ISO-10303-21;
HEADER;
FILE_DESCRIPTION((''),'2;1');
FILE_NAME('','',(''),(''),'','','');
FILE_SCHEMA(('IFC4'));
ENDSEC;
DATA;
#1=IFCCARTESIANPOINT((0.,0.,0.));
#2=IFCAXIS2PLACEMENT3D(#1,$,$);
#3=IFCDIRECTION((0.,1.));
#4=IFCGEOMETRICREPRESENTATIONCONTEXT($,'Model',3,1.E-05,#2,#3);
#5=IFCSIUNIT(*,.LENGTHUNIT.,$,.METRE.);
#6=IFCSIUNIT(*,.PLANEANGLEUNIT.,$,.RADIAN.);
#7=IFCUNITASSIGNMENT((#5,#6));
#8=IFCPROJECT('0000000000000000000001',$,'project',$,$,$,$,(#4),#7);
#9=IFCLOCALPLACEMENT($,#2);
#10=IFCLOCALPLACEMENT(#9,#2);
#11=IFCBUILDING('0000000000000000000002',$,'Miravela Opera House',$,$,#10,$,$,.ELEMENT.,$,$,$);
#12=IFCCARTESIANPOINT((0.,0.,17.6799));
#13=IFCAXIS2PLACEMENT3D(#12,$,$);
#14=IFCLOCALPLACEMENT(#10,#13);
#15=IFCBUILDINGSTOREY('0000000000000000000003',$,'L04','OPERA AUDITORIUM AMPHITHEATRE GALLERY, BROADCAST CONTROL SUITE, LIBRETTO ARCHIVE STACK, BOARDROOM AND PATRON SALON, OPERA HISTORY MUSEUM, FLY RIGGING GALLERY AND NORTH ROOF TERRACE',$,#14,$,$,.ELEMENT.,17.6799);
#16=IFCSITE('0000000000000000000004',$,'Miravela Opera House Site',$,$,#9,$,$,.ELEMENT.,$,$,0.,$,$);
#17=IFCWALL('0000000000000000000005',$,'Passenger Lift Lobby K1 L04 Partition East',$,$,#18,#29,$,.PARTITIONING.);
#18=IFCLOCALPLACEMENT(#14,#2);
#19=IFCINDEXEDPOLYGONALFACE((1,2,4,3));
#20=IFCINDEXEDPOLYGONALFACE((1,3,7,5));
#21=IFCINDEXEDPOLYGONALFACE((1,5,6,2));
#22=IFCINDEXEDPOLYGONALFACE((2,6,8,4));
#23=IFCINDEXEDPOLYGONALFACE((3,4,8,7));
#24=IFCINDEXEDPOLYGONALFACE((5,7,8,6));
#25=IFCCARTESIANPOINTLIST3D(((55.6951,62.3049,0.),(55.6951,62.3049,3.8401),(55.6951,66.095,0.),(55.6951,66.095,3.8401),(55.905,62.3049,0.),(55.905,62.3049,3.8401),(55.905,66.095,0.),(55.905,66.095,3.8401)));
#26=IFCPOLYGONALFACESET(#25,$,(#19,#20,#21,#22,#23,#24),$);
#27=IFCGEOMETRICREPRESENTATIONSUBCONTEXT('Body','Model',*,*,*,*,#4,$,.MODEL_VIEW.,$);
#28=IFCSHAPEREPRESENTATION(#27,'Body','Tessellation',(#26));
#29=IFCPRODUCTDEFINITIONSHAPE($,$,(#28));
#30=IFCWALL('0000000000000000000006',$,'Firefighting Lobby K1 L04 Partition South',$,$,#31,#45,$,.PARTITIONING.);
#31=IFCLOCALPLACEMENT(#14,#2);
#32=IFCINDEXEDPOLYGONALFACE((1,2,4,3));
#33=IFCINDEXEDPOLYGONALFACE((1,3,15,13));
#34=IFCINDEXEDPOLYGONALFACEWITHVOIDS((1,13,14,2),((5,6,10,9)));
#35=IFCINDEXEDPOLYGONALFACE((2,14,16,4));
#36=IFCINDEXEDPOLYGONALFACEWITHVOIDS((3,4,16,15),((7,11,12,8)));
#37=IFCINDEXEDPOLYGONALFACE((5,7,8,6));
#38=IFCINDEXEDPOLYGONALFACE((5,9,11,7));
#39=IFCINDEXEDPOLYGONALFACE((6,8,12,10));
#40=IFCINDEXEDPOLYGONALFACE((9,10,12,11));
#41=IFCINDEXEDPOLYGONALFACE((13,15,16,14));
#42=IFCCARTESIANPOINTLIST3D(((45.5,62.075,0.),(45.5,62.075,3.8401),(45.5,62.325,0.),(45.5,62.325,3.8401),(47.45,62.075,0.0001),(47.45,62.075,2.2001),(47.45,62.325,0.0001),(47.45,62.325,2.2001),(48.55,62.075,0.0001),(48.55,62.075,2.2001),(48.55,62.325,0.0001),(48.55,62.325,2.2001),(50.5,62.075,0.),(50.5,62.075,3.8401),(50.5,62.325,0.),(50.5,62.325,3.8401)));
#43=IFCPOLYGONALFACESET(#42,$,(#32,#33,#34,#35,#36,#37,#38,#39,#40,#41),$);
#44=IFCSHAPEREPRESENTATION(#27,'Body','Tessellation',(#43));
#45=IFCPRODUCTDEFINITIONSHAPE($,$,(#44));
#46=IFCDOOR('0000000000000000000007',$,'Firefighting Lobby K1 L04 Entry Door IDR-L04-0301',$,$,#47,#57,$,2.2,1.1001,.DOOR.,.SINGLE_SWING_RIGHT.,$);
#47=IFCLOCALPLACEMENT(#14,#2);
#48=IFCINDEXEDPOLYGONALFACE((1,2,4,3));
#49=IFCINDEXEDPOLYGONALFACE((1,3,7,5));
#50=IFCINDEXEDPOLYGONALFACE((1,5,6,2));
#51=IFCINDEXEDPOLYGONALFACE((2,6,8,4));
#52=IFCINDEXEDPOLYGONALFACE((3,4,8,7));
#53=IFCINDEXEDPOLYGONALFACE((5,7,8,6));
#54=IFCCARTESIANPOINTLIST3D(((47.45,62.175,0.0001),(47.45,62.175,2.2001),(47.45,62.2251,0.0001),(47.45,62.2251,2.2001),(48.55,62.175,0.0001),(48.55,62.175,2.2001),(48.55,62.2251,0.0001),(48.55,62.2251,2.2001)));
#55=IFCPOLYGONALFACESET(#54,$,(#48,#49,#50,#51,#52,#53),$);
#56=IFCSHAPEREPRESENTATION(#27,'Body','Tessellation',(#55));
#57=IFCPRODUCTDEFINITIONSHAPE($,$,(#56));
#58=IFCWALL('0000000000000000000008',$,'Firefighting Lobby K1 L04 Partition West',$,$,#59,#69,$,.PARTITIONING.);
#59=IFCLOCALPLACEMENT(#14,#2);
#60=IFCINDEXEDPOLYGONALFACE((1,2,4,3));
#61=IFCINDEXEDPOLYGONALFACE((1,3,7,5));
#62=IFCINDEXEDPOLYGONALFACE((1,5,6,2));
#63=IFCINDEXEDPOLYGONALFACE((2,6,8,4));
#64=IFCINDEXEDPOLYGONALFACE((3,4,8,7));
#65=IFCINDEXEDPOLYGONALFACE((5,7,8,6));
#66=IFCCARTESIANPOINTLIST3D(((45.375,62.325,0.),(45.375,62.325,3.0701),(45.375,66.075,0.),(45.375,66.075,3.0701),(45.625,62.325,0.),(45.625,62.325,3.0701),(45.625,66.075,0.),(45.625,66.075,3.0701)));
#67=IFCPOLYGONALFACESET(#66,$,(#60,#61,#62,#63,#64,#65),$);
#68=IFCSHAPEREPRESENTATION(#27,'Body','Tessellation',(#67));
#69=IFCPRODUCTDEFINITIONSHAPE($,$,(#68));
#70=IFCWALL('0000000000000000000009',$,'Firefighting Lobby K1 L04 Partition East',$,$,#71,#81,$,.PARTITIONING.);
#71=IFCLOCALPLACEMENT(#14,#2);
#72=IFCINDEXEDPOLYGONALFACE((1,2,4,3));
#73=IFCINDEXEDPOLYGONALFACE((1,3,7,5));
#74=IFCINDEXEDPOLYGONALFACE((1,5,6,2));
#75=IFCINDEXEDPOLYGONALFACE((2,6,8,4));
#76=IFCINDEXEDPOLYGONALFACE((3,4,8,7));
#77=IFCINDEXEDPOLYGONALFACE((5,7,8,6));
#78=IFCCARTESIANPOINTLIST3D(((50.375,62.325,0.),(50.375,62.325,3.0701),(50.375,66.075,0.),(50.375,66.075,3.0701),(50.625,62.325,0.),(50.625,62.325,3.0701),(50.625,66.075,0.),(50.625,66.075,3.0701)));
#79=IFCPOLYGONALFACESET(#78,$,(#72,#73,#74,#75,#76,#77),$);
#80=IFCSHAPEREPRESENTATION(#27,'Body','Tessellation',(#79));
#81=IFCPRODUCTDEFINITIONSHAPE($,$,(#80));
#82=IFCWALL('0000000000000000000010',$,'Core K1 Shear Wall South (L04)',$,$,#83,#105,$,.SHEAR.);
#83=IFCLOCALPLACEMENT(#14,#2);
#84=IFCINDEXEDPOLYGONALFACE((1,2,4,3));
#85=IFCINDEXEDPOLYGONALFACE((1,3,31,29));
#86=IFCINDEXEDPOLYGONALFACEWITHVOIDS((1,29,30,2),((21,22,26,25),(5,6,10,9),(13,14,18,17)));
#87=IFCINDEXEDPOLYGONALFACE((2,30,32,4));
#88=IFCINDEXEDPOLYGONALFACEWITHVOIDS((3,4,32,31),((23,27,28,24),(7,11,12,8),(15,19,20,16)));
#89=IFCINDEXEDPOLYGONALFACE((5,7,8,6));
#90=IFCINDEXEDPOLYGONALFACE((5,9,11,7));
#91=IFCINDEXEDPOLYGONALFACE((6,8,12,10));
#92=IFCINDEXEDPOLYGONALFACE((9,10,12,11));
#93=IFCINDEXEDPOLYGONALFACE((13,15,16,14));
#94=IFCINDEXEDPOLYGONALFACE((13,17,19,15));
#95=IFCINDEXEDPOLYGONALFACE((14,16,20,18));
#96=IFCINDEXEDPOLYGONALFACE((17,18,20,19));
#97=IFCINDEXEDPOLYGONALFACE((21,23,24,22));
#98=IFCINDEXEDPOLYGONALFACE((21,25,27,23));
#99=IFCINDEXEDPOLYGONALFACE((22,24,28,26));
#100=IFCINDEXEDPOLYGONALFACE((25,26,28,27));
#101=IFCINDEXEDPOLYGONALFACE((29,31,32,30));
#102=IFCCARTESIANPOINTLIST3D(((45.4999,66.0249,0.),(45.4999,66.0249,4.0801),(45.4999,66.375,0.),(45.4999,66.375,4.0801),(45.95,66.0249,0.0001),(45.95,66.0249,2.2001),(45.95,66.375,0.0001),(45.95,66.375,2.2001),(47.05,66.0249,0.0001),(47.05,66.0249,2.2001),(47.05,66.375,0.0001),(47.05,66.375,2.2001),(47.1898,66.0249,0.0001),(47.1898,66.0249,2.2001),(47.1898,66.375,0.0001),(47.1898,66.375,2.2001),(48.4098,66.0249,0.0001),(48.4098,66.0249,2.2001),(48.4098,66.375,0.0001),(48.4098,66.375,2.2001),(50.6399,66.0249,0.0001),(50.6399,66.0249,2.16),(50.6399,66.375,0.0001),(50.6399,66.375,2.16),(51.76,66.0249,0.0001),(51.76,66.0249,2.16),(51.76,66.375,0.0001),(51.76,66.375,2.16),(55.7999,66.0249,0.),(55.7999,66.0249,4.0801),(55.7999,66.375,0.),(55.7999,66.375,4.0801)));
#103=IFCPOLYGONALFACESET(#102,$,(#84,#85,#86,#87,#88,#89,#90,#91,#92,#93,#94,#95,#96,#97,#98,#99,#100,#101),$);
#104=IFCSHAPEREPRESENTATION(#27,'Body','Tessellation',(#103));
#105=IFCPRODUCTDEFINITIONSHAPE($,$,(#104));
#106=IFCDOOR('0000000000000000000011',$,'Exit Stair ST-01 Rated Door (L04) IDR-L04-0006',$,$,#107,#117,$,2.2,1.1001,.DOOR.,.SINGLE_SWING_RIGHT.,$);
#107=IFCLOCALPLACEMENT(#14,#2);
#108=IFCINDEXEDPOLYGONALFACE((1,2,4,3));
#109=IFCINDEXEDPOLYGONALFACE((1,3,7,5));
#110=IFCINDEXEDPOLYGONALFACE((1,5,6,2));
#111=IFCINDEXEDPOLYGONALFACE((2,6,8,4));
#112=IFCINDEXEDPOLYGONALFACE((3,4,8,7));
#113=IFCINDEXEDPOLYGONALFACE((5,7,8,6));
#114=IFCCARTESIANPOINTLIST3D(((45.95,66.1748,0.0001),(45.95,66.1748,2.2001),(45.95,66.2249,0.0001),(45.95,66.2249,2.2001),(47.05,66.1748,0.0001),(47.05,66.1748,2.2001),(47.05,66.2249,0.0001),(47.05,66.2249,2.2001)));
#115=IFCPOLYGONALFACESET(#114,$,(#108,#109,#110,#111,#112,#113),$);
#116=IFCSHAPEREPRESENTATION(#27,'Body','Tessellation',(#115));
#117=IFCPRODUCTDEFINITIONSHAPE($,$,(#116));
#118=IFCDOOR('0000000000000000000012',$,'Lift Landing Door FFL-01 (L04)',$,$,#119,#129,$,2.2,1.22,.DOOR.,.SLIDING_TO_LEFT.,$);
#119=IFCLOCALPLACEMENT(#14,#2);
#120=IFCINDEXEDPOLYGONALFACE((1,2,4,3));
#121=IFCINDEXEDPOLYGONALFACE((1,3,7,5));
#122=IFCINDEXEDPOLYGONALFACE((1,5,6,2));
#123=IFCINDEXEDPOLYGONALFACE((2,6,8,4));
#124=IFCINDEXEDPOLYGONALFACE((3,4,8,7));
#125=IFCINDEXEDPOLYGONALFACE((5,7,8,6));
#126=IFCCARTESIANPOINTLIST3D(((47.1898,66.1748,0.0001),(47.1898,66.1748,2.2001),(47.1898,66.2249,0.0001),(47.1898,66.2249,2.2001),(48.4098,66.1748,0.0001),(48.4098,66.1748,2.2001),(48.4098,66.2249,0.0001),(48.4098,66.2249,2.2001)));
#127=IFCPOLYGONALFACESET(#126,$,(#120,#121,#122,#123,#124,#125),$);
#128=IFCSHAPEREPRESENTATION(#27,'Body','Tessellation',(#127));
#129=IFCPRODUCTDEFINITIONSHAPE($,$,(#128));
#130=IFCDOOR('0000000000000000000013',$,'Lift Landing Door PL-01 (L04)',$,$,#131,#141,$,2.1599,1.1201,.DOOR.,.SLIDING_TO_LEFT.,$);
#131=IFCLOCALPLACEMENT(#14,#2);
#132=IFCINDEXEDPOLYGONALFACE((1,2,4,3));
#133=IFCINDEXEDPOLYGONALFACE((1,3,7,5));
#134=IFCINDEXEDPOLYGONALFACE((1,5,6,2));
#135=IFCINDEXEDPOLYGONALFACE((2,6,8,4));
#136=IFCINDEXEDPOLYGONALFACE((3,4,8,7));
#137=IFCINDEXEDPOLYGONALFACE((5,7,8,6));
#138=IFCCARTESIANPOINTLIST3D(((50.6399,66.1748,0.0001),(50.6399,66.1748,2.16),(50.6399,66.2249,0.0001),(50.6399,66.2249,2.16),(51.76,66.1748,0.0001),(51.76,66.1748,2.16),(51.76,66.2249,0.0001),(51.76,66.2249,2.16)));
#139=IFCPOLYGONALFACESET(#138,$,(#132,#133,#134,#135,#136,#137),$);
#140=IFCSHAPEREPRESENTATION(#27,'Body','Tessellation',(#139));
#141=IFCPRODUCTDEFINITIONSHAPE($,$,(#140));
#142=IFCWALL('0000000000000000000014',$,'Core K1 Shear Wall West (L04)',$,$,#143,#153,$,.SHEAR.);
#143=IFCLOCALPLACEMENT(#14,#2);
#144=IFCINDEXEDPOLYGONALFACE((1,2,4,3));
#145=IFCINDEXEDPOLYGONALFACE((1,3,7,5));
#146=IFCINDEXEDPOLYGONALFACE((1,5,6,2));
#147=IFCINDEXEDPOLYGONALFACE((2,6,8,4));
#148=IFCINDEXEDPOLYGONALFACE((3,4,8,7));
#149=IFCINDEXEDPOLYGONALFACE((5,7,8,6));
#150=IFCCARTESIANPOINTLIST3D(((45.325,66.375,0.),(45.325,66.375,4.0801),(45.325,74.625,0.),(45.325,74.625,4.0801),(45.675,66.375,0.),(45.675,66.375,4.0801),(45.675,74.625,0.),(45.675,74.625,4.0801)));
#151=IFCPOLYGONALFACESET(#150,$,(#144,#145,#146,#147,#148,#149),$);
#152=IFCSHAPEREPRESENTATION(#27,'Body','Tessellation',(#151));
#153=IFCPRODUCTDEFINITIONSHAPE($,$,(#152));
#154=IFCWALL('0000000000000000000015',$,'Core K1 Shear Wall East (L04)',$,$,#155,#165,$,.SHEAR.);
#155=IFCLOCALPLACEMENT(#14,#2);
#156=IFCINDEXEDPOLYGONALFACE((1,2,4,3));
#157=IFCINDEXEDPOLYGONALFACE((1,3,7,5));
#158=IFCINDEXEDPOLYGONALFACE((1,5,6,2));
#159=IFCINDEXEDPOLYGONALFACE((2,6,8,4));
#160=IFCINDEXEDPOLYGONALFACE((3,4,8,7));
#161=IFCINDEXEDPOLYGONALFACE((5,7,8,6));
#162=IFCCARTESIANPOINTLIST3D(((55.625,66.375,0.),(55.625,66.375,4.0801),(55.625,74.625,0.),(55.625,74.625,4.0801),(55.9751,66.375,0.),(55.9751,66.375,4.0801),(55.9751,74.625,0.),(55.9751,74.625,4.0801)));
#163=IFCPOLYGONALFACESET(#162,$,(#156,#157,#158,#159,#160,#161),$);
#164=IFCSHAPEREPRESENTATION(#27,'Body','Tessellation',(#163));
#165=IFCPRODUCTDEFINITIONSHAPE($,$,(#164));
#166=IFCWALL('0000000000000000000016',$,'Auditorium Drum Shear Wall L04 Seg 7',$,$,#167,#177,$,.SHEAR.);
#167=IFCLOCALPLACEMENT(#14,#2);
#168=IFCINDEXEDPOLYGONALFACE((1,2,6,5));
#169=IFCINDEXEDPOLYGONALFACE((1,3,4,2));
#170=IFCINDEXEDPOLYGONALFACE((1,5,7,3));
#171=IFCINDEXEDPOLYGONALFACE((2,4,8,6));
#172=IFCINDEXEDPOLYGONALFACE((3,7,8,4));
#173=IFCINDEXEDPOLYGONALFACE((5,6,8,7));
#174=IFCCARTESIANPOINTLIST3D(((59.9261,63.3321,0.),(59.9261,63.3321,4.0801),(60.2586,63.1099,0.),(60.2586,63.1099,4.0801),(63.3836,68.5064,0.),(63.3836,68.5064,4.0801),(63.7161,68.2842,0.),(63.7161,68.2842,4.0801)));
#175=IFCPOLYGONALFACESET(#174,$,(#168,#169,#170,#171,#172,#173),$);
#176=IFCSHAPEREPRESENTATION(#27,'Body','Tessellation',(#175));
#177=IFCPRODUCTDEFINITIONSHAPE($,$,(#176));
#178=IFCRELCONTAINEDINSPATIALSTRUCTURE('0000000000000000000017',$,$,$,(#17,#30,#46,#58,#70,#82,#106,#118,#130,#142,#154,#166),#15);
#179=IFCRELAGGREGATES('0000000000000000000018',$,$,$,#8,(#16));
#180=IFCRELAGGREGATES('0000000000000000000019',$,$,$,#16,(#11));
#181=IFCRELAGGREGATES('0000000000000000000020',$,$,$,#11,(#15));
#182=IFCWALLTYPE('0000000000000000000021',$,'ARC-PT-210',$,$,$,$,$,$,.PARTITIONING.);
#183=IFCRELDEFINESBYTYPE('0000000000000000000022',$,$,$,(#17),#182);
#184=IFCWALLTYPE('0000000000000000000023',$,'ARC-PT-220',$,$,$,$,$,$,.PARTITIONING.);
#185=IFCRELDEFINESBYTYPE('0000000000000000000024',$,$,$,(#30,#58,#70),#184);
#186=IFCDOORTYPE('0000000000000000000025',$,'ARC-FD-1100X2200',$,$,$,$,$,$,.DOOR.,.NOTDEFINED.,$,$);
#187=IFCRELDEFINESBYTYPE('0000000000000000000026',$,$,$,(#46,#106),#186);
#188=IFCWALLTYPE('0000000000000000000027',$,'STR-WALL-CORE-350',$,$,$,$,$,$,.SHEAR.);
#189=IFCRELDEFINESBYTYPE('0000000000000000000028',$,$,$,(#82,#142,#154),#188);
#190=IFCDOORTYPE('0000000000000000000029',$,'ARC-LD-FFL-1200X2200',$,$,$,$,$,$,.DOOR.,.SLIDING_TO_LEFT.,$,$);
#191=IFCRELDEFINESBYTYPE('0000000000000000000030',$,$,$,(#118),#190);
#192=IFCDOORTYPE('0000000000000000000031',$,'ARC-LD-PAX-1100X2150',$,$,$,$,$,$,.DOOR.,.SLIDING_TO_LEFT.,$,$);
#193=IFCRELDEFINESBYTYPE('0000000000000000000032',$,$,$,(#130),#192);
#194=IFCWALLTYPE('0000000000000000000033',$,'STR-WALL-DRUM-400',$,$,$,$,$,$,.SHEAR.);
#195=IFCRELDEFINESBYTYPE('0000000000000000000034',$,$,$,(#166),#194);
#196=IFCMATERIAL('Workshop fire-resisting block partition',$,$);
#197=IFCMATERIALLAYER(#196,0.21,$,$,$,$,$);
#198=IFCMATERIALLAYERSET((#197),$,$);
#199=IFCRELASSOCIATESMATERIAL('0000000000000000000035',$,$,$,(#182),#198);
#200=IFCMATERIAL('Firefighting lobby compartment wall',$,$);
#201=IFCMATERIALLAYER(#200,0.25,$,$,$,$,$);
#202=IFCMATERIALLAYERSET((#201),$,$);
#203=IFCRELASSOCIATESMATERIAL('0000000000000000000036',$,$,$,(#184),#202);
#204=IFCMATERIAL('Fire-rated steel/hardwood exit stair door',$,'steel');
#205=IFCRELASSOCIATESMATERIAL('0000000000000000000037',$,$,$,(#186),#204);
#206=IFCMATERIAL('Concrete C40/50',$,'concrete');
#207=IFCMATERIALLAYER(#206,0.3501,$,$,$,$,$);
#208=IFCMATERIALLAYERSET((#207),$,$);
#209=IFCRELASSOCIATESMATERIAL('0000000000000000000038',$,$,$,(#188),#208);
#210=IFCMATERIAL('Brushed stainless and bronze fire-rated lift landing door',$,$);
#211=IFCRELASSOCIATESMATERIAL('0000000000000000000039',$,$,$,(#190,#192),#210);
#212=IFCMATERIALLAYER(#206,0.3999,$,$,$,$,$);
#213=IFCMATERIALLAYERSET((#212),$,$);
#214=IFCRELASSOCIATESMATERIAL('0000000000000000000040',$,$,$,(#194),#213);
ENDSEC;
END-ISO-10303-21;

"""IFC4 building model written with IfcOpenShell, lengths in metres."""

from ifc_helpers import new_model, si_unit, direction, frame, frame_2d, origin, place, context, subcontext, project, spatial, rectangle, extrude, material, layer, layer_set, type_object, element, fill, save


model = new_model("IFC4")

# Units and contexts
model_context = context("Model", 3, precision=1e-05, world=origin(), true_north=direction((0.0, 1.0)))
body_context = subcontext(model_context, "Body", "Model", "MODEL_VIEW")
ifc_project = project(units=[si_unit("LENGTHUNIT", "METRE"), si_unit("PLANEANGLEUNIT", "RADIAN")], contexts=[model_context])

# Site, building, storey
site_placement = place(None, origin())
site = spatial("IfcSite", under=ifc_project, at=site_placement, Name="Miravela Opera House Site", CompositionType="ELEMENT", RefElevation=0.0)
building_placement = place(site_placement, origin())
building = spatial("IfcBuilding", under=site, at=building_placement, Name="Miravela Opera House", CompositionType="ELEMENT")
storey_placement = place(building_placement, frame((0.0, 0.0, 17.6799)))
storey = spatial("IfcBuildingStorey", under=building, at=storey_placement, Name="L04", Description="OPERA AUDITORIUM AMPHITHEATRE GALLERY, BROADCAST CONTROL SUITE, LIBRETTO ARCHIVE STACK, BOARDROOM AND PATRON SALON, OPERA HISTORY MUSEUM, FLY RIGGING GALLERY AND NORTH ROOF TERRACE", CompositionType="ELEMENT", Elevation=17.6799)

# Shared definitions
ifc_material_1 = material(Name="Workshop fire-resisting block partition")
ifc_layer_1 = layer(ifc_material_1, 0.21)
ifc_layer_set_1 = layer_set([ifc_layer_1])
wall_type_1 = type_object("IfcWallType", Name="ARC-PT-210", PredefinedType="PARTITIONING", material=ifc_layer_set_1)

# Wall
wall_1_placement = place(storey_placement, frame((55.8, 62.3049, 0.0), z_axis=(0.0, 0.0, 1.0), x_axis=(0.0, 1.0, 0.0)))
element("IfcWall", 1, at=wall_1_placement, inside=storey, type_object=wall_type_1, Name="Passenger Lift Lobby K1 L04 Partition East", PredefinedType="PARTITIONING", context=body_context, shape_type="SweptSolid", body=[
    extrude(rectangle(XDim=3.79, YDim=0.21, at=frame_2d((1.895, 0.0))), origin(), (0.0, 0.0, 1.0), 3.8401),
])

# Wall, opening, door
ifc_material_2 = material(Name="Firefighting lobby compartment wall")
ifc_layer_2 = layer(ifc_material_2, 0.25)
ifc_layer_set_2 = layer_set([ifc_layer_2])
wall_type_2 = type_object("IfcWallType", Name="ARC-PT-220", PredefinedType="PARTITIONING", material=ifc_layer_set_2)
wall_2_placement = place(storey_placement, frame((45.5, 62.2, 0.0), z_axis=(0.0, 0.0, 1.0), x_axis=(1.0, 0.0, 0.0)))
wall_2 = element("IfcWall", 2, at=wall_2_placement, inside=storey, type_object=wall_type_2, Name="Firefighting Lobby K1 L04 Partition South", PredefinedType="PARTITIONING", context=body_context, shape_type="SweptSolid", body=[
    extrude(rectangle(XDim=5.0, YDim=0.25, at=frame_2d((2.5, 0.0))), origin(), (0.0, 0.0, 1.0), 3.8401),
])
opening_1_placement = place(wall_2_placement, frame((1.95, 0.0, 0.0)))
opening_1 = element("IfcOpeningElement", 3, at=opening_1_placement, cuts=wall_2, PredefinedType="OPENING", context=body_context, shape_type="SweptSolid", body=[
    extrude(rectangle(XDim=1.1001, YDim=2.2, at=frame_2d((0.55, 1.1001))), frame((0.0, 0.135, 0.0), z_axis=(0.0, -1.0, 0.0), x_axis=(1.0, 0.0, 0.0)), (0.0, 0.0, 1.0), 0.27),
])
ifc_material_3 = material(Name="Fire-rated steel/hardwood exit stair door", Category="steel")
door_type_1 = type_object("IfcDoorType", Name="ARC-FD-1100X2200", OperationType="NOTDEFINED", PredefinedType="DOOR", material=ifc_material_3)
door_1_placement = place(opening_1_placement, frame((1.1001, 0.0, 0.0), z_axis=(0.0, 0.0, 1.0), x_axis=(-1.0, 0.0, 0.0)))
door_1 = element("IfcDoor", 4, at=door_1_placement, inside=storey, type_object=door_type_1, Name="Firefighting Lobby K1 L04 Entry Door IDR-L04-0301", OperationType="SINGLE_SWING_RIGHT", OverallHeight=2.2, OverallWidth=1.1001, PredefinedType="DOOR", context=body_context, shape_type="SweptSolid", body=[
    extrude(rectangle(XDim=1.1001, YDim=2.2, at=frame_2d((0.55, 1.1001))), frame((0.0, 0.0249, 0.0), z_axis=(0.0, -1.0, 0.0), x_axis=(1.0, 0.0, 0.0)), (0.0, 0.0, 1.0), 0.05),
])
fill(opening_1, door_1)

# Walls
for number, where, z_axis, x_axis, name in (
    (5, (45.5, 62.325, 0.0), (0.0, 0.0, 1.0), (0.0, 1.0, 0.0), "Firefighting Lobby K1 L04 Partition West"),
    (6, (50.5, 62.325, 0.0), (0.0, 0.0, 1.0), (0.0, 1.0, 0.0), "Firefighting Lobby K1 L04 Partition East"),
):
    element("IfcWall", number, at=place(storey_placement, frame(where, z_axis=z_axis, x_axis=x_axis)), inside=storey, type_object=wall_type_2, Name=name, PredefinedType="PARTITIONING", context=body_context, shape_type="SweptSolid", body=[
        extrude(rectangle(XDim=3.75, YDim=0.25, at=frame_2d((1.875, 0.0))), origin(), (0.0, 0.0, 1.0), 3.0701),
    ])

# Wall, openings, doors
ifc_material_4 = material(Name="Concrete C40/50", Category="concrete")
ifc_layer_3 = layer(ifc_material_4, 0.3501)
ifc_layer_set_3 = layer_set([ifc_layer_3])
wall_type_3 = type_object("IfcWallType", Name="STR-WALL-CORE-350", PredefinedType="SHEAR", material=ifc_layer_set_3)
wall_3_placement = place(storey_placement, frame((45.5, 66.2, 0.0), z_axis=(0.0, 0.0, 1.0), x_axis=(1.0, 0.0, 0.0)))
wall_3 = element("IfcWall", 7, at=wall_3_placement, inside=storey, type_object=wall_type_3, Name="Core K1 Shear Wall South (L04)", PredefinedType="SHEAR", context=body_context, shape_type="SweptSolid", body=[
    extrude(rectangle(XDim=10.3, YDim=0.3501, at=frame_2d((5.1499, 0.0))), origin(), (0.0, 0.0, 1.0), 4.0801),
])
opening_2_placement = place(wall_3_placement, frame((0.45, 0.0, 0.0)))
opening_2 = element("IfcOpeningElement", 8, at=opening_2_placement, cuts=wall_3, PredefinedType="OPENING", context=body_context, shape_type="SweptSolid", body=[
    extrude(rectangle(XDim=1.1001, YDim=2.2, at=frame_2d((0.55, 1.1001))), frame((0.0, 0.1851, 0.0), z_axis=(0.0, -1.0, 0.0), x_axis=(1.0, 0.0, 0.0)), (0.0, 0.0, 1.0), 0.3701),
])
opening_3_placement = place(wall_3_placement, frame((1.6899, 0.0, 0.0)))
opening_3 = element("IfcOpeningElement", 9, at=opening_3_placement, cuts=wall_3, PredefinedType="OPENING", context=body_context, shape_type="SweptSolid", body=[
    extrude(rectangle(XDim=1.22, YDim=2.2, at=frame_2d((0.6099, 1.1001))), frame((0.0, 0.1851, 0.0), z_axis=(0.0, -1.0, 0.0), x_axis=(1.0, 0.0, 0.0)), (0.0, 0.0, 1.0), 0.3701),
])
opening_4_placement = place(wall_3_placement, frame((5.1399, 0.0, 0.0)))
opening_4 = element("IfcOpeningElement", 10, at=opening_4_placement, cuts=wall_3, PredefinedType="OPENING", context=body_context, shape_type="SweptSolid", body=[
    extrude(rectangle(XDim=1.1201, YDim=2.1599, at=frame_2d((0.5601, 1.0801))), frame((0.0, 0.1851, 0.0), z_axis=(0.0, -1.0, 0.0), x_axis=(1.0, 0.0, 0.0)), (0.0, 0.0, 1.0), 0.3701),
])
door_2_placement = place(opening_2_placement, origin())
door_2 = element("IfcDoor", 11, at=door_2_placement, inside=storey, type_object=door_type_1, Name="Exit Stair ST-01 Rated Door (L04) IDR-L04-0006", OperationType="SINGLE_SWING_RIGHT", OverallHeight=2.2, OverallWidth=1.1001, PredefinedType="DOOR", context=body_context, shape_type="SweptSolid", body=[
    extrude(rectangle(XDim=1.1001, YDim=2.2, at=frame_2d((0.55, 1.1001))), frame((0.0, 0.0249, 0.0), z_axis=(0.0, -1.0, 0.0), x_axis=(1.0, 0.0, 0.0)), (0.0, 0.0, 1.0), 0.05),
])
fill(opening_2, door_2)
ifc_material_5 = material(Name="Brushed stainless and bronze fire-rated lift landing door")
door_type_2 = type_object("IfcDoorType", Name="ARC-LD-FFL-1200X2200", OperationType="SLIDING_TO_LEFT", PredefinedType="DOOR", material=ifc_material_5)
door_3_placement = place(opening_3_placement, origin())
door_3 = element("IfcDoor", 12, at=door_3_placement, inside=storey, type_object=door_type_2, Name="Lift Landing Door FFL-01 (L04)", OperationType="SLIDING_TO_LEFT", OverallHeight=2.2, OverallWidth=1.22, PredefinedType="DOOR", context=body_context, shape_type="SweptSolid", body=[
    extrude(rectangle(XDim=1.22, YDim=2.2, at=frame_2d((0.6099, 1.1001))), frame((0.0, 0.0249, 0.0), z_axis=(0.0, -1.0, 0.0), x_axis=(1.0, 0.0, 0.0)), (0.0, 0.0, 1.0), 0.05),
])
fill(opening_3, door_3)
door_type_3 = type_object("IfcDoorType", Name="ARC-LD-PAX-1100X2150", OperationType="SLIDING_TO_LEFT", PredefinedType="DOOR", material=ifc_material_5)
door_4_placement = place(opening_4_placement, origin())
door_4 = element("IfcDoor", 13, at=door_4_placement, inside=storey, type_object=door_type_3, Name="Lift Landing Door PL-01 (L04)", OperationType="SLIDING_TO_LEFT", OverallHeight=2.1599, OverallWidth=1.1201, PredefinedType="DOOR", context=body_context, shape_type="SweptSolid", body=[
    extrude(rectangle(XDim=1.1201, YDim=2.1599, at=frame_2d((0.5601, 1.0801))), frame((0.0, 0.0249, 0.0), z_axis=(0.0, -1.0, 0.0), x_axis=(1.0, 0.0, 0.0)), (0.0, 0.0, 1.0), 0.05),
])
fill(opening_4, door_4)

# Walls
for number, where, z_axis, x_axis, name in (
    (14, (45.5, 66.375, 0.0), (0.0, 0.0, 1.0), (0.0, 1.0, 0.0), "Core K1 Shear Wall West (L04)"),
    (15, (55.8, 66.375, 0.0), (0.0, 0.0, 1.0), (0.0, 1.0, 0.0), "Core K1 Shear Wall East (L04)"),
):
    element("IfcWall", number, at=place(storey_placement, frame(where, z_axis=z_axis, x_axis=x_axis)), inside=storey, type_object=wall_type_3, Name=name, PredefinedType="SHEAR", context=body_context, shape_type="SweptSolid", body=[
        extrude(rectangle(XDim=8.25, YDim=0.3501, at=frame_2d((4.125, 0.0))), origin(), (0.0, 0.0, 1.0), 4.0801),
    ])
ifc_layer_4 = layer(ifc_material_4, 0.3999)
ifc_layer_set_4 = layer_set([ifc_layer_4])
wall_type_4 = type_object("IfcWallType", Name="STR-WALL-DRUM-400", PredefinedType="SHEAR", material=ifc_layer_set_4)
wall_4_placement = place(storey_placement, frame((63.5498, 68.3953, 0.0), z_axis=(0.0, 0.0, 1.0), x_axis=(-0.555587, -0.831458, 0.0)))
element("IfcWall", 16, at=wall_4_placement, inside=storey, type_object=wall_type_4, Name="Auditorium Drum Shear Wall L04 Seg 7", PredefinedType="SHEAR", context=body_context, shape_type="SweptSolid", body=[
    extrude(rectangle(XDim=6.2231, YDim=0.3999, at=frame_2d((3.1116, 0.0))), origin(), (0.0, 0.0, 1.0), 4.0801),
])

save(model, "model.ifc")
